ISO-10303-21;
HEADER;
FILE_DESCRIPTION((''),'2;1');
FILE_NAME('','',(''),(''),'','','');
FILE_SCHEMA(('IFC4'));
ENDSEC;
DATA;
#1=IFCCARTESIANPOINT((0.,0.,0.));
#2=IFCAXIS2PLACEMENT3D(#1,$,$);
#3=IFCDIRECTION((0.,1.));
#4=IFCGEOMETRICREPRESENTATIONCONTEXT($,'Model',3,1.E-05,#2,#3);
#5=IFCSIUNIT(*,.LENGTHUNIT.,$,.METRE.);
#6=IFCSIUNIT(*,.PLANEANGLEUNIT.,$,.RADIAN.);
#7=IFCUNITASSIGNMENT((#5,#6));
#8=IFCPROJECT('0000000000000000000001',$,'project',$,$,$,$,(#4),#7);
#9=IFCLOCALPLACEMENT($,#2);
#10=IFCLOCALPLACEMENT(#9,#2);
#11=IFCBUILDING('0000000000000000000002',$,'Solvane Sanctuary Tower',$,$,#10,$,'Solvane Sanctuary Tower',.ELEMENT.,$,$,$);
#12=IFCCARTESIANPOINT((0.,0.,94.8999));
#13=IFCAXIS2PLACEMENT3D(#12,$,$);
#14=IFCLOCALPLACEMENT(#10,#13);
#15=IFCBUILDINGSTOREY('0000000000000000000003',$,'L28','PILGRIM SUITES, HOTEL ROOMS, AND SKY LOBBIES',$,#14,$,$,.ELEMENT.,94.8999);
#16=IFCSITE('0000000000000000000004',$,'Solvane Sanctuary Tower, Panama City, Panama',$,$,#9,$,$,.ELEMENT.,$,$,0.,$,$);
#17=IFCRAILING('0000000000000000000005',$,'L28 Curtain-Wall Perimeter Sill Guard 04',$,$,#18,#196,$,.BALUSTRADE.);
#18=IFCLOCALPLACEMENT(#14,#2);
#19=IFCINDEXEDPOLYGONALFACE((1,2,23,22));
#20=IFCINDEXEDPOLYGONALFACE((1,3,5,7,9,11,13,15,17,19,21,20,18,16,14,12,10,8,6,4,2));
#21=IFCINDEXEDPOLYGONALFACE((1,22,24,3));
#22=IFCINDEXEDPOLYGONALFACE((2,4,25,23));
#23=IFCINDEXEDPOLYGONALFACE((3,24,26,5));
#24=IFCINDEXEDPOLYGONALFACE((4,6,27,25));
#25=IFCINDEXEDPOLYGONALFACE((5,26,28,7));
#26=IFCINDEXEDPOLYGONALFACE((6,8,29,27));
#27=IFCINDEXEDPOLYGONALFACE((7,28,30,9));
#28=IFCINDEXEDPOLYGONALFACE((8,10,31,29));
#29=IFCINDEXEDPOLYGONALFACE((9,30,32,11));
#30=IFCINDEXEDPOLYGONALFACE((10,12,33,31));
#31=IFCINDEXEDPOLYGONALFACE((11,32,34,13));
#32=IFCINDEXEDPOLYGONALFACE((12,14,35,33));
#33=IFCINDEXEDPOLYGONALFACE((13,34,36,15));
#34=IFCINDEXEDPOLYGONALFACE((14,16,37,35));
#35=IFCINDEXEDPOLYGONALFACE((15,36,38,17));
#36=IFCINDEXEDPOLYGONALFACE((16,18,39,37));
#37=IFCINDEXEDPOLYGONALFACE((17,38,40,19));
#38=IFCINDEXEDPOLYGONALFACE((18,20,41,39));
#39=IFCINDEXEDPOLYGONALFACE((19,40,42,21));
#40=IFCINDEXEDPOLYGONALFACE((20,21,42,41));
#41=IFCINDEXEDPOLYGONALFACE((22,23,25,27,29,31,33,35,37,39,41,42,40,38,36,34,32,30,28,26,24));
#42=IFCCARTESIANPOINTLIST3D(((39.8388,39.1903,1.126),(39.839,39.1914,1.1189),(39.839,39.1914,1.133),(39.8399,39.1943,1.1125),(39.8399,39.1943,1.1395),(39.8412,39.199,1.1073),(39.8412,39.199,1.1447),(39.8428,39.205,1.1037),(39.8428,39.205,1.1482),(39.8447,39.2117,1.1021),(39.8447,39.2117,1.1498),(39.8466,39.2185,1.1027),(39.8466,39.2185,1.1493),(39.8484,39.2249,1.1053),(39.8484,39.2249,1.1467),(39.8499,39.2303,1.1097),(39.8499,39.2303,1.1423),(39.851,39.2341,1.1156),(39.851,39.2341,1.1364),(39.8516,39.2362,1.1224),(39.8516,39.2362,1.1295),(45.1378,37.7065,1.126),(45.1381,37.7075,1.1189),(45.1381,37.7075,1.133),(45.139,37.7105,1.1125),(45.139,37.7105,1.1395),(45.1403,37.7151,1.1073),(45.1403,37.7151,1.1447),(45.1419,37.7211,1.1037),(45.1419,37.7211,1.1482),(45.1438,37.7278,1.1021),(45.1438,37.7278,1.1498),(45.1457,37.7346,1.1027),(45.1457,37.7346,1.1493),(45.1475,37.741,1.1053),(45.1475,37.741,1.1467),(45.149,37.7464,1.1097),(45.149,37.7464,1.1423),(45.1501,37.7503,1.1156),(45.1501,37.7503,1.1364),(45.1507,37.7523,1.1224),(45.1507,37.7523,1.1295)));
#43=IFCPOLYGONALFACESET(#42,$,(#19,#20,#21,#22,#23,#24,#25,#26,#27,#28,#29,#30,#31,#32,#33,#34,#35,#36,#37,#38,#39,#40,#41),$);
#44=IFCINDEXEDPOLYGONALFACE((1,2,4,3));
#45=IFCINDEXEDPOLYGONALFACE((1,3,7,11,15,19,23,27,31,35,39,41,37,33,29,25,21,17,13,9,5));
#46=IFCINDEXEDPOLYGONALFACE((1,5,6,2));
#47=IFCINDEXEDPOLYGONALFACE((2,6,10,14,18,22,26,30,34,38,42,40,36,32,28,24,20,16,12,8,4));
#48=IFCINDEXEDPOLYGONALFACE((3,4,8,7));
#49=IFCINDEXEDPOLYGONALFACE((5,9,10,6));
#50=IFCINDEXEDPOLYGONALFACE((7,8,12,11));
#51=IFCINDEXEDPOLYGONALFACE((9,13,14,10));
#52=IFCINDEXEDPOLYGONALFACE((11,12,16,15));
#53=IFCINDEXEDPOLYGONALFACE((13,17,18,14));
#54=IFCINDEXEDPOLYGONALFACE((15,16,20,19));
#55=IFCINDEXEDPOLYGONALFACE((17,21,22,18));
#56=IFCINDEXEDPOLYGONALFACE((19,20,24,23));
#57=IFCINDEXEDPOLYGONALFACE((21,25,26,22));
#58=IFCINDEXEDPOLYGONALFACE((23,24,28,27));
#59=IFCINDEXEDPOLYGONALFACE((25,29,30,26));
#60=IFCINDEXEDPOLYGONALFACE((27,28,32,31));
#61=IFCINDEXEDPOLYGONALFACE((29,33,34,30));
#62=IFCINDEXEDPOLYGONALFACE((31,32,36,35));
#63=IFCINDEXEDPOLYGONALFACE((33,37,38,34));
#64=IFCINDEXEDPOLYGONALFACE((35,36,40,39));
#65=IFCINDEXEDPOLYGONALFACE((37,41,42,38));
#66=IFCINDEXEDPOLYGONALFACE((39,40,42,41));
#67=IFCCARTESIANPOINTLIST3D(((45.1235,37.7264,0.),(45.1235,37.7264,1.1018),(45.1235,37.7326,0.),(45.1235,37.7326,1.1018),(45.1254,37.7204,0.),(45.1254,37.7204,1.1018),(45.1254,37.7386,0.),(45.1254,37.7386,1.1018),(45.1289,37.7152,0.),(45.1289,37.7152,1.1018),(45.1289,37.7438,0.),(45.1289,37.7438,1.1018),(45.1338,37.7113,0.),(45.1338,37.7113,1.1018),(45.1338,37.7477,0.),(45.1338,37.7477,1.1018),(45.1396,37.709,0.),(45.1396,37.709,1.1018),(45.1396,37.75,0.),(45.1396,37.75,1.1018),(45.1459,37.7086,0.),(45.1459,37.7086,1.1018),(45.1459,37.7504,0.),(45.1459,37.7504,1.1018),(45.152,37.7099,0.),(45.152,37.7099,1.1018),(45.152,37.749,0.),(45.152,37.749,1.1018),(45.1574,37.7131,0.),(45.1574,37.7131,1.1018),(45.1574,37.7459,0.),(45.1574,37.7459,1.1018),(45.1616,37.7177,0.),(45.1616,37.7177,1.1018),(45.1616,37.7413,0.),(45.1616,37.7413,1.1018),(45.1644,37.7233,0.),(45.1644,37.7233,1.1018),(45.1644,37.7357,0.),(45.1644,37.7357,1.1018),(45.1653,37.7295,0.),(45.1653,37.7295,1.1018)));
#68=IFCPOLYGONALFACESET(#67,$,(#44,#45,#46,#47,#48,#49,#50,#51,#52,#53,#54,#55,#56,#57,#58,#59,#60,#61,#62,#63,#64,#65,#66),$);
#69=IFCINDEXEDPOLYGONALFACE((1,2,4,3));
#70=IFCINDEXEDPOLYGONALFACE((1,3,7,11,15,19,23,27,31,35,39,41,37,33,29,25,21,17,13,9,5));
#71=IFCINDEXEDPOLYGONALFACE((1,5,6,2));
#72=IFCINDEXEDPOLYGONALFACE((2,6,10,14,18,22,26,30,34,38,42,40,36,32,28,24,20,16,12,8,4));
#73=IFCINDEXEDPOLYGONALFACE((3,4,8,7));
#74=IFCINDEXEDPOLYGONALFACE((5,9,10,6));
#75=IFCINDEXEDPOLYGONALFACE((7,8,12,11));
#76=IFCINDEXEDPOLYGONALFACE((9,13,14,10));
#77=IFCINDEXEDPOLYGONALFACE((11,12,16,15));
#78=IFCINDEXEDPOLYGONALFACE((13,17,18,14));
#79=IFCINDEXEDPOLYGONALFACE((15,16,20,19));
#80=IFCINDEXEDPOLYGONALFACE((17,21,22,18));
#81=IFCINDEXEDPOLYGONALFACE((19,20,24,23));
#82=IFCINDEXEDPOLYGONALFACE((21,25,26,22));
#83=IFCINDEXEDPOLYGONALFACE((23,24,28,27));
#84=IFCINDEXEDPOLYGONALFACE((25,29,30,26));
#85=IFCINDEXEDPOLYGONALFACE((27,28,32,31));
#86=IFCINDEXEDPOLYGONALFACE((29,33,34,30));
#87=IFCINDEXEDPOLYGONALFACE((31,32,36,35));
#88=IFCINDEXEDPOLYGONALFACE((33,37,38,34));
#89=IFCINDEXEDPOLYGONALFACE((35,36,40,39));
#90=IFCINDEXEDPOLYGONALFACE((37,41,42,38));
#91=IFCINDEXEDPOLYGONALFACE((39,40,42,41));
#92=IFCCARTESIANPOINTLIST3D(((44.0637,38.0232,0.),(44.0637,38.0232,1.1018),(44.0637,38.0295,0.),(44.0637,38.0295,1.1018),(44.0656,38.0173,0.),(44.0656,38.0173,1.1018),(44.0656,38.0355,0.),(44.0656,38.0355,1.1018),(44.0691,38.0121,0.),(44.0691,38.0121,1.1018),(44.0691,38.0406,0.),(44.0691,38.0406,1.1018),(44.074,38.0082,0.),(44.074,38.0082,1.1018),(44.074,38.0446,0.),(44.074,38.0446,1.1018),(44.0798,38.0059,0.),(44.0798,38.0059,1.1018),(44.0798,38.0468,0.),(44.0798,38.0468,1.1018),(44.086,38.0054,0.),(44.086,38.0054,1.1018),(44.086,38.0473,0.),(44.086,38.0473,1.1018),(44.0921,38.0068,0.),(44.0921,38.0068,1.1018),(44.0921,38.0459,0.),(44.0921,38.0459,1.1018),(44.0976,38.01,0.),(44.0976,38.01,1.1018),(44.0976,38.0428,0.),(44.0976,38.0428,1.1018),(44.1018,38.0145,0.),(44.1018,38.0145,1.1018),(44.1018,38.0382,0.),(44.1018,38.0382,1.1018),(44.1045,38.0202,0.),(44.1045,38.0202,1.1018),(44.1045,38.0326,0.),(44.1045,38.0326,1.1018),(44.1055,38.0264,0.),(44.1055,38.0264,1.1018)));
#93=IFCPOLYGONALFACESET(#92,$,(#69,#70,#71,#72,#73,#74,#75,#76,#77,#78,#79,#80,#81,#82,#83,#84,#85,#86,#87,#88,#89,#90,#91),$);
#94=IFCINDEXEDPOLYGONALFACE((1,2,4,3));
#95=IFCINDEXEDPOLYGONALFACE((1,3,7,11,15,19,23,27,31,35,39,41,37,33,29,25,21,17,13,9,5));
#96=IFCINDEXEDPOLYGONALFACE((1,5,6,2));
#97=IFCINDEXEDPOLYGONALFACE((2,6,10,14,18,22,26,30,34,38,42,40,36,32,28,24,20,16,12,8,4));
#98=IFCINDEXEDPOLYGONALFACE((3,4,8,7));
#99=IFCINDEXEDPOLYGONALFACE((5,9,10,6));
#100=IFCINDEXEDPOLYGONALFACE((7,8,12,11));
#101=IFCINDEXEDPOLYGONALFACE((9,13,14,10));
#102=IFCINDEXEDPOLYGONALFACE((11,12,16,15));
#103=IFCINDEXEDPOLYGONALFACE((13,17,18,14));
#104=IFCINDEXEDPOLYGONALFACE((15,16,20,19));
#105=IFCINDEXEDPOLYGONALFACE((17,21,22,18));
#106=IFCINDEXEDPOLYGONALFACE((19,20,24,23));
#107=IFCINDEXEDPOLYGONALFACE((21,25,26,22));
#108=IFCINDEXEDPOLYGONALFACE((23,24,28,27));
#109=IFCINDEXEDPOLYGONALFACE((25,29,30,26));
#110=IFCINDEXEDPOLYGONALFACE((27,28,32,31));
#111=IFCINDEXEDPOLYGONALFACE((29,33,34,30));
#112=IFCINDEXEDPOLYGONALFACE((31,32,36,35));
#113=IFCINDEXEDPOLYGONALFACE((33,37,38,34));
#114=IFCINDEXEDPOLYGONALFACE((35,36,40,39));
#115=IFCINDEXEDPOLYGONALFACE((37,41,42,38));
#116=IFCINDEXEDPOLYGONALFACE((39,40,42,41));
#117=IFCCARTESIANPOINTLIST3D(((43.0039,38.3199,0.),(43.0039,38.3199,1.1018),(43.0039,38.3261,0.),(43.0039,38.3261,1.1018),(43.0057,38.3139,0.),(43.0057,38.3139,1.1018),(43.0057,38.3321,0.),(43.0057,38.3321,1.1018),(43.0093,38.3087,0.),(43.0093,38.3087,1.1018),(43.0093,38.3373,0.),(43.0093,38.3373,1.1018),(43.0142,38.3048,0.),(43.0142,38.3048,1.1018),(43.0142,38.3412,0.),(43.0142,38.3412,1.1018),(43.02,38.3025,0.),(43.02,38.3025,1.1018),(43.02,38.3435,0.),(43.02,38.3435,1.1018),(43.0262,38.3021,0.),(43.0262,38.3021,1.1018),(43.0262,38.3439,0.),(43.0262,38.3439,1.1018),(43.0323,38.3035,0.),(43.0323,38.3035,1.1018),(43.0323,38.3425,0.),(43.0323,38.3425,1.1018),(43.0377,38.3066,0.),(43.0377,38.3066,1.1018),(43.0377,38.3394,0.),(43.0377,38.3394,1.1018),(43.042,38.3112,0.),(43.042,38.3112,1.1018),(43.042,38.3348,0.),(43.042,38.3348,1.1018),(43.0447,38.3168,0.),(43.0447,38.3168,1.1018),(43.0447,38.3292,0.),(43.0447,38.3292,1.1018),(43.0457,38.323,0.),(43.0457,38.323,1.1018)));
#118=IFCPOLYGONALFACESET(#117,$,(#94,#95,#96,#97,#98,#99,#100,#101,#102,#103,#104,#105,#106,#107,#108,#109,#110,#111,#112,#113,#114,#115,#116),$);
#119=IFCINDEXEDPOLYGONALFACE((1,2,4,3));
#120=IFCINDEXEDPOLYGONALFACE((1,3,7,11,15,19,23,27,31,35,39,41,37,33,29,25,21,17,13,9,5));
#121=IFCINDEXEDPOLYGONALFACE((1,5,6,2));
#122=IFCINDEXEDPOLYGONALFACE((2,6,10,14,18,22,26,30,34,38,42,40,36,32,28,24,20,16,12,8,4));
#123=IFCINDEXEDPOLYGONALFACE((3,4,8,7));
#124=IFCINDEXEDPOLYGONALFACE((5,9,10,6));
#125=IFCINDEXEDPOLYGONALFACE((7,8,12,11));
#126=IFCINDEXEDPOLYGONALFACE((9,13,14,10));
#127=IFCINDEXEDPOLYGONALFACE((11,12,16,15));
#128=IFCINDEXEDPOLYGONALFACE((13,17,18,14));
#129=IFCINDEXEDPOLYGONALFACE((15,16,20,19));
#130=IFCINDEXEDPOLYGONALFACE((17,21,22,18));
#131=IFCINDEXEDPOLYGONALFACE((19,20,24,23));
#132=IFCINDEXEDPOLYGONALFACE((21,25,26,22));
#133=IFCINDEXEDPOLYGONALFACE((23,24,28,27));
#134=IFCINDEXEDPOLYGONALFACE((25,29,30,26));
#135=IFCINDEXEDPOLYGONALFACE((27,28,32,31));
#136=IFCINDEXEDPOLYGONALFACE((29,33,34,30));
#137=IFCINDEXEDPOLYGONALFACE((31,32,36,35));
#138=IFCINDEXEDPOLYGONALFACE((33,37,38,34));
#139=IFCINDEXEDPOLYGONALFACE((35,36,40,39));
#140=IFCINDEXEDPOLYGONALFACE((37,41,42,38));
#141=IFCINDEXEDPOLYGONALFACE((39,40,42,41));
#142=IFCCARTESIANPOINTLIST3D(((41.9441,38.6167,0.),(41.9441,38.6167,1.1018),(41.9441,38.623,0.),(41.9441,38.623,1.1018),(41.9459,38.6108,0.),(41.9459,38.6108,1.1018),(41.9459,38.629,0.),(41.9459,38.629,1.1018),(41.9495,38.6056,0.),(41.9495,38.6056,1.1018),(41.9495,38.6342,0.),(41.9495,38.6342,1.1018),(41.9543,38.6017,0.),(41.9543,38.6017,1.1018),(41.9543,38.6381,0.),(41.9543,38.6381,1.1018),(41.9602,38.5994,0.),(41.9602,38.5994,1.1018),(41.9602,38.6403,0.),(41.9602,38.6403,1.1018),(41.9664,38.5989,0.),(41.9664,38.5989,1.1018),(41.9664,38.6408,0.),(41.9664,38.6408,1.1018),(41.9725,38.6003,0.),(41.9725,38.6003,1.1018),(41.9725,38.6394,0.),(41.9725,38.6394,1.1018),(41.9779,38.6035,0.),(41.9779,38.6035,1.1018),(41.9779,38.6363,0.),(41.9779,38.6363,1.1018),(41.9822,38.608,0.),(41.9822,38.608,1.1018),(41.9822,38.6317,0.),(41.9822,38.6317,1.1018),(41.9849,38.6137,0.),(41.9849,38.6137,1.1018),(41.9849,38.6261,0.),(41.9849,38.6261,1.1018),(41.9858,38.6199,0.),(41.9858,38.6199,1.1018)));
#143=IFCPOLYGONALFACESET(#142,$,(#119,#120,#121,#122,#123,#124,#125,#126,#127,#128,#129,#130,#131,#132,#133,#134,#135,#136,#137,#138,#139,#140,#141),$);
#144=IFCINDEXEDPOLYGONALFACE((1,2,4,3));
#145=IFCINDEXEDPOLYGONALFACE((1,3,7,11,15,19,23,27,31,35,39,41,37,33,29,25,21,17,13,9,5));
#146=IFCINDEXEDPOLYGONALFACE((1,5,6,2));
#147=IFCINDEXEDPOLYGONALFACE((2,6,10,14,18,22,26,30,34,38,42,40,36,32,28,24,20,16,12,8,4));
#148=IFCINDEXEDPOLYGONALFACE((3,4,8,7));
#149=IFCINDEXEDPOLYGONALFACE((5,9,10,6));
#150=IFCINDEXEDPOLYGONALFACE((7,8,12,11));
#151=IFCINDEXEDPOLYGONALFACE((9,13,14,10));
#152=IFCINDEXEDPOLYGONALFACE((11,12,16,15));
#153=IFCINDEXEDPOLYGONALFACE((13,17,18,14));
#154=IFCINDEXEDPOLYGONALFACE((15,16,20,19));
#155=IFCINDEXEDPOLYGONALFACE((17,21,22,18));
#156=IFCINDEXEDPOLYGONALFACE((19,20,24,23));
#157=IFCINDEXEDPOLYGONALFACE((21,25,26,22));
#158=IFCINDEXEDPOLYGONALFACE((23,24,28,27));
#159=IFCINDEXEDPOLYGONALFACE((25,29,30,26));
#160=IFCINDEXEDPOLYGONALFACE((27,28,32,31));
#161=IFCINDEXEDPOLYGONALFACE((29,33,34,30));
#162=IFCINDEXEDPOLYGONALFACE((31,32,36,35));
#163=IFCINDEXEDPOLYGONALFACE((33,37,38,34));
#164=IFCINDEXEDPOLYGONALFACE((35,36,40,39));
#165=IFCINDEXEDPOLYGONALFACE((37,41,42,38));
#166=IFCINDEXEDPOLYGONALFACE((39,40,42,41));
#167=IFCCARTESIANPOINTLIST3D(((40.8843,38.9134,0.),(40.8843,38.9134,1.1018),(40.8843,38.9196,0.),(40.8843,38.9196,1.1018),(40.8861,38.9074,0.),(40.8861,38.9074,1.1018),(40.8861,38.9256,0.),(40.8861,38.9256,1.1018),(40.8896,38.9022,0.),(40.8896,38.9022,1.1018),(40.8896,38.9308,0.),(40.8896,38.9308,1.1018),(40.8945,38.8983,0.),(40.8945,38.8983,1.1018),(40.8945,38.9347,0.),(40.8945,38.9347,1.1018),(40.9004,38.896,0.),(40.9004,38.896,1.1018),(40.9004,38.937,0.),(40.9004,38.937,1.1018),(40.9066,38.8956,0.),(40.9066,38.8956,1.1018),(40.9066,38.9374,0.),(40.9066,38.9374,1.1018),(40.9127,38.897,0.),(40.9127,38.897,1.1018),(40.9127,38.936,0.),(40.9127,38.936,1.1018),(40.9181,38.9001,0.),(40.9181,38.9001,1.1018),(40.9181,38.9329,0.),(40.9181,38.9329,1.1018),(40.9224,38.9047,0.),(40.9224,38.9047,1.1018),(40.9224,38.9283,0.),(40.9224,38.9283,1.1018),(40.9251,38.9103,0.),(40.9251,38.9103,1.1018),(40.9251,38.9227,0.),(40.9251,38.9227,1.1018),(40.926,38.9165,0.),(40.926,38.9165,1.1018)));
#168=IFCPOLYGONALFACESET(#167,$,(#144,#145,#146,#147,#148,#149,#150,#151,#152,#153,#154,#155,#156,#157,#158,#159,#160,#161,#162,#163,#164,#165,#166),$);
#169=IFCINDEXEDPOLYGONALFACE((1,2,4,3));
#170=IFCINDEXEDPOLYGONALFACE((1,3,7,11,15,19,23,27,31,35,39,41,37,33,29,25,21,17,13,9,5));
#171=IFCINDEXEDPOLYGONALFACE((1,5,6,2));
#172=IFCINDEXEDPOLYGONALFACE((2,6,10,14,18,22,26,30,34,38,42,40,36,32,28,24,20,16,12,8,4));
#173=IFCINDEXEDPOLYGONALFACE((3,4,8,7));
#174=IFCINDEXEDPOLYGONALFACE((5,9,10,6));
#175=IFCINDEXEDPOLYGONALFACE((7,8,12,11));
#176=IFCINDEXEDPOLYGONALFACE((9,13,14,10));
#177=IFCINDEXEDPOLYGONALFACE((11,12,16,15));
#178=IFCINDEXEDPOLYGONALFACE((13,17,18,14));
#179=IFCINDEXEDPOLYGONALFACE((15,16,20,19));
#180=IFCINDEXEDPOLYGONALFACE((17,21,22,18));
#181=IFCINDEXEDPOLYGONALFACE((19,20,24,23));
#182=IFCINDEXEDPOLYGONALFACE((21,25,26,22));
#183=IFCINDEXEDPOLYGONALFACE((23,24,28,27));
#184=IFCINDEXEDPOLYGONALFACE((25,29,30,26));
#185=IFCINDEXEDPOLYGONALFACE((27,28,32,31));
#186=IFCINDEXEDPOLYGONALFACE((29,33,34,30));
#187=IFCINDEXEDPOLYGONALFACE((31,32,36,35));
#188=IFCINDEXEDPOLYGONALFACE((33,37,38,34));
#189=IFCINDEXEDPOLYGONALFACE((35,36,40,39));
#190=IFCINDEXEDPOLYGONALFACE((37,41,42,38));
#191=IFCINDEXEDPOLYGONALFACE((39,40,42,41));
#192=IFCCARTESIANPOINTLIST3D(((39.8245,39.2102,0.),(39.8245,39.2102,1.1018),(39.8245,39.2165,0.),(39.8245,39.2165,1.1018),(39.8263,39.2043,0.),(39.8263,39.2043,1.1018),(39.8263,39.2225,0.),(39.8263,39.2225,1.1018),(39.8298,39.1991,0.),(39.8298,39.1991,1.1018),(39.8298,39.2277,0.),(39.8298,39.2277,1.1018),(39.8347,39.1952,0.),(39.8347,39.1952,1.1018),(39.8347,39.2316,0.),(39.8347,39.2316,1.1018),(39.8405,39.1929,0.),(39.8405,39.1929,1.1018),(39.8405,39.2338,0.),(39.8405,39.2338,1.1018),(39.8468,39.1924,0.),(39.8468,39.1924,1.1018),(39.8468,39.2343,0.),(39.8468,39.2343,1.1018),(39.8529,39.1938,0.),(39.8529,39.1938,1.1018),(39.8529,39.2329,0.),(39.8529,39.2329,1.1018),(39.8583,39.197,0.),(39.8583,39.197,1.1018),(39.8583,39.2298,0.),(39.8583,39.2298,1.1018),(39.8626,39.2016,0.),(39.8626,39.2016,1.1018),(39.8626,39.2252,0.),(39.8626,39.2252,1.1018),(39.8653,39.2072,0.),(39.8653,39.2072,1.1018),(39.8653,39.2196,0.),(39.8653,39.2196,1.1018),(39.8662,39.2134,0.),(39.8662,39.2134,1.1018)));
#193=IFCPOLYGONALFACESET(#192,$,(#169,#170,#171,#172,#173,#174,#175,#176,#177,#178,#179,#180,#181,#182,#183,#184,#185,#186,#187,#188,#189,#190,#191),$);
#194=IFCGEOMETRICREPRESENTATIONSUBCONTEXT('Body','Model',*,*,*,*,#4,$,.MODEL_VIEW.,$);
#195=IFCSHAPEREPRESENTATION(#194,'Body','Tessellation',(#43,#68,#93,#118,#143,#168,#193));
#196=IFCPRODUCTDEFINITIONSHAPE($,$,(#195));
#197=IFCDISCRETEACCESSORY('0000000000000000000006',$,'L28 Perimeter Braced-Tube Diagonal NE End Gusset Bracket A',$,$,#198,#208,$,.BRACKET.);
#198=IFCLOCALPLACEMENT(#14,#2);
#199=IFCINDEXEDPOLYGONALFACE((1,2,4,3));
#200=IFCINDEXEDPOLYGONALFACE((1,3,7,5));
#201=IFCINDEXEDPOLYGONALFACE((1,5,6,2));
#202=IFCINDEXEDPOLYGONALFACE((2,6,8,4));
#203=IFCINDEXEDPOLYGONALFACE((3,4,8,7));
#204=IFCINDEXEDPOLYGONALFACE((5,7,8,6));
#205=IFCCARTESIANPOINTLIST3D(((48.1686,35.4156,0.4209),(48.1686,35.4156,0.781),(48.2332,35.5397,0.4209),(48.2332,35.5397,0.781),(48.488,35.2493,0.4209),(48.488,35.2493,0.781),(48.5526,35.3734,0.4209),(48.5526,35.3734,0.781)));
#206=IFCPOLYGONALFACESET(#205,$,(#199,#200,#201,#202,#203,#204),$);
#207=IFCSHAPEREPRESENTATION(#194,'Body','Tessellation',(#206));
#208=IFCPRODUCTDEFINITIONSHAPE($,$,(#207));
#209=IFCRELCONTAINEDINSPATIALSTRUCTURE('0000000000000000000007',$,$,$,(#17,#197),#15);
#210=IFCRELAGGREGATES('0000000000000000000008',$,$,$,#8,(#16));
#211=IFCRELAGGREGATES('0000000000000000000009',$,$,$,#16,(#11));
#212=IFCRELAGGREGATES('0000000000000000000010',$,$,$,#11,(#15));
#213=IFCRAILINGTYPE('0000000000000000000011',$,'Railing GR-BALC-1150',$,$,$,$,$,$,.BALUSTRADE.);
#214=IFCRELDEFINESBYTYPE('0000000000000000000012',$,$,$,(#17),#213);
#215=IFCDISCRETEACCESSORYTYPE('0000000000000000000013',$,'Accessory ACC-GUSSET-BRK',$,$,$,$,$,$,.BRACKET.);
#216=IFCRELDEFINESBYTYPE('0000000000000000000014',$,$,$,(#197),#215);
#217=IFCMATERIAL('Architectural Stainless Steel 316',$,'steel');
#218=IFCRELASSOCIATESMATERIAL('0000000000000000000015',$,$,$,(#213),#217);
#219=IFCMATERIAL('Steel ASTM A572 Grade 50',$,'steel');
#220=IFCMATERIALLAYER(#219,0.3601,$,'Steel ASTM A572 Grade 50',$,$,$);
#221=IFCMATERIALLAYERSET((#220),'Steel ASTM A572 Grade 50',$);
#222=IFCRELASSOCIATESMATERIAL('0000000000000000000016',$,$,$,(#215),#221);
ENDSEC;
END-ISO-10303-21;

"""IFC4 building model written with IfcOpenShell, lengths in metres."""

from ifc_helpers import new_model, si_unit, direction, frame, origin, origin_2d, place, context, subcontext, project, spatial, rectangle, circle, extrude, material, layer, layer_set, type_object, element, save


model = new_model("IFC4")

# Units and contexts
model_context = context("Model", 3, precision=1e-05, world=origin(), true_north=direction((0.0, 1.0)))
body_context = subcontext(model_context, "Body", "Model", "MODEL_VIEW")
ifc_project = project(units=[si_unit("LENGTHUNIT", "METRE"), si_unit("PLANEANGLEUNIT", "RADIAN")], contexts=[model_context])

# Site, building, storey
site_placement = place(None, origin())
site = spatial("IfcSite", under=ifc_project, at=site_placement, Name="Solvane Sanctuary Tower, Panama City, Panama", CompositionType="ELEMENT", RefElevation=0.0)
building_placement = place(site_placement, origin())
building = spatial("IfcBuilding", under=site, at=building_placement, Name="Solvane Sanctuary Tower", LongName="Solvane Sanctuary Tower", CompositionType="ELEMENT")
storey_placement = place(building_placement, frame((0.0, 0.0, 94.8999)))
storey = spatial("IfcBuildingStorey", under=building, at=storey_placement, Name="L28", Description="PILGRIM SUITES, HOTEL ROOMS, AND SKY LOBBIES", CompositionType="ELEMENT", Elevation=94.8999)

# Shared definitions
ifc_material_1 = material(Name="Architectural Stainless Steel 316", Category="steel")

# Railing
railing_type = type_object("IfcRailingType", Name="Railing GR-BALC-1150", PredefinedType="BALUSTRADE", material=ifc_material_1)
railing_placement = place(storey_placement, frame((45.1443, 37.7295, 0.0)))
element("IfcRailing", 1, at=railing_placement, inside=storey, type_object=railing_type, Name="L28 Curtain-Wall Perimeter Sill Guard 04", PredefinedType="BALUSTRADE", context=body_context, shape_type="SweptSolid", body=[
    extrude(circle(Radius=0.0239, at=origin_2d()), frame((0.0, 0.0, 1.126), z_axis=(-0.962957, 0.269655, 0.0), x_axis=(-0.269655, -0.962957, 0.0)), (0.0, 0.0, 1.0), 5.5029),
    extrude(circle(Radius=0.021, at=origin_2d()), origin(), (0.0, 0.0, 1.0), 1.1018),
    extrude(circle(Radius=0.021, at=origin_2d()), frame((-1.0598, 0.2969, 0.0)), (0.0, 0.0, 1.0), 1.1018),
    extrude(circle(Radius=0.021, at=origin_2d()), frame((-2.1196, 0.5935, 0.0)), (0.0, 0.0, 1.0), 1.1018),
    extrude(circle(Radius=0.021, at=origin_2d()), frame((-3.1794, 0.8904, 0.0)), (0.0, 0.0, 1.0), 1.1018),
    extrude(circle(Radius=0.021, at=origin_2d()), frame((-4.2393, 1.187, 0.0)), (0.0, 0.0, 1.0), 1.1018),
    extrude(circle(Radius=0.021, at=origin_2d()), frame((-5.2991, 1.4839, 0.0)), (0.0, 0.0, 1.0), 1.1018),
])

# Discrete accessory
ifc_material_2 = material(Name="Steel ASTM A572 Grade 50", Category="steel")
ifc_layer_1 = layer(ifc_material_2, 0.3601, Name="Steel ASTM A572 Grade 50")
ifc_layer_set_1 = layer_set([ifc_layer_1], Name="Steel ASTM A572 Grade 50")
discrete_accessory_type = type_object("IfcDiscreteAccessoryType", Name="Accessory ACC-GUSSET-BRK", PredefinedType="BRACKET", material=ifc_layer_set_1)
for number, where, z_axis, x_axis, name in (
    (2, (48.3606, 35.3945, 0.4209), (0.0, 0.0, 1.0), (-0.887011, 0.461749, 0.0), "L28 Perimeter Braced-Tube Diagonal NE End Gusset Bracket A"),
):
    element("IfcDiscreteAccessory", number, at=place(storey_placement, frame(where, z_axis=z_axis, x_axis=x_axis)), inside=storey, type_object=discrete_accessory_type, Name=name, PredefinedType="BRACKET", context=body_context, shape_type="SweptSolid", body=[
        extrude(rectangle(XDim=0.3601, YDim=0.1399, at=origin_2d()), origin(), (0.0, 0.0, 1.0), 0.3601),
    ])

save(model, "model.ifc")
